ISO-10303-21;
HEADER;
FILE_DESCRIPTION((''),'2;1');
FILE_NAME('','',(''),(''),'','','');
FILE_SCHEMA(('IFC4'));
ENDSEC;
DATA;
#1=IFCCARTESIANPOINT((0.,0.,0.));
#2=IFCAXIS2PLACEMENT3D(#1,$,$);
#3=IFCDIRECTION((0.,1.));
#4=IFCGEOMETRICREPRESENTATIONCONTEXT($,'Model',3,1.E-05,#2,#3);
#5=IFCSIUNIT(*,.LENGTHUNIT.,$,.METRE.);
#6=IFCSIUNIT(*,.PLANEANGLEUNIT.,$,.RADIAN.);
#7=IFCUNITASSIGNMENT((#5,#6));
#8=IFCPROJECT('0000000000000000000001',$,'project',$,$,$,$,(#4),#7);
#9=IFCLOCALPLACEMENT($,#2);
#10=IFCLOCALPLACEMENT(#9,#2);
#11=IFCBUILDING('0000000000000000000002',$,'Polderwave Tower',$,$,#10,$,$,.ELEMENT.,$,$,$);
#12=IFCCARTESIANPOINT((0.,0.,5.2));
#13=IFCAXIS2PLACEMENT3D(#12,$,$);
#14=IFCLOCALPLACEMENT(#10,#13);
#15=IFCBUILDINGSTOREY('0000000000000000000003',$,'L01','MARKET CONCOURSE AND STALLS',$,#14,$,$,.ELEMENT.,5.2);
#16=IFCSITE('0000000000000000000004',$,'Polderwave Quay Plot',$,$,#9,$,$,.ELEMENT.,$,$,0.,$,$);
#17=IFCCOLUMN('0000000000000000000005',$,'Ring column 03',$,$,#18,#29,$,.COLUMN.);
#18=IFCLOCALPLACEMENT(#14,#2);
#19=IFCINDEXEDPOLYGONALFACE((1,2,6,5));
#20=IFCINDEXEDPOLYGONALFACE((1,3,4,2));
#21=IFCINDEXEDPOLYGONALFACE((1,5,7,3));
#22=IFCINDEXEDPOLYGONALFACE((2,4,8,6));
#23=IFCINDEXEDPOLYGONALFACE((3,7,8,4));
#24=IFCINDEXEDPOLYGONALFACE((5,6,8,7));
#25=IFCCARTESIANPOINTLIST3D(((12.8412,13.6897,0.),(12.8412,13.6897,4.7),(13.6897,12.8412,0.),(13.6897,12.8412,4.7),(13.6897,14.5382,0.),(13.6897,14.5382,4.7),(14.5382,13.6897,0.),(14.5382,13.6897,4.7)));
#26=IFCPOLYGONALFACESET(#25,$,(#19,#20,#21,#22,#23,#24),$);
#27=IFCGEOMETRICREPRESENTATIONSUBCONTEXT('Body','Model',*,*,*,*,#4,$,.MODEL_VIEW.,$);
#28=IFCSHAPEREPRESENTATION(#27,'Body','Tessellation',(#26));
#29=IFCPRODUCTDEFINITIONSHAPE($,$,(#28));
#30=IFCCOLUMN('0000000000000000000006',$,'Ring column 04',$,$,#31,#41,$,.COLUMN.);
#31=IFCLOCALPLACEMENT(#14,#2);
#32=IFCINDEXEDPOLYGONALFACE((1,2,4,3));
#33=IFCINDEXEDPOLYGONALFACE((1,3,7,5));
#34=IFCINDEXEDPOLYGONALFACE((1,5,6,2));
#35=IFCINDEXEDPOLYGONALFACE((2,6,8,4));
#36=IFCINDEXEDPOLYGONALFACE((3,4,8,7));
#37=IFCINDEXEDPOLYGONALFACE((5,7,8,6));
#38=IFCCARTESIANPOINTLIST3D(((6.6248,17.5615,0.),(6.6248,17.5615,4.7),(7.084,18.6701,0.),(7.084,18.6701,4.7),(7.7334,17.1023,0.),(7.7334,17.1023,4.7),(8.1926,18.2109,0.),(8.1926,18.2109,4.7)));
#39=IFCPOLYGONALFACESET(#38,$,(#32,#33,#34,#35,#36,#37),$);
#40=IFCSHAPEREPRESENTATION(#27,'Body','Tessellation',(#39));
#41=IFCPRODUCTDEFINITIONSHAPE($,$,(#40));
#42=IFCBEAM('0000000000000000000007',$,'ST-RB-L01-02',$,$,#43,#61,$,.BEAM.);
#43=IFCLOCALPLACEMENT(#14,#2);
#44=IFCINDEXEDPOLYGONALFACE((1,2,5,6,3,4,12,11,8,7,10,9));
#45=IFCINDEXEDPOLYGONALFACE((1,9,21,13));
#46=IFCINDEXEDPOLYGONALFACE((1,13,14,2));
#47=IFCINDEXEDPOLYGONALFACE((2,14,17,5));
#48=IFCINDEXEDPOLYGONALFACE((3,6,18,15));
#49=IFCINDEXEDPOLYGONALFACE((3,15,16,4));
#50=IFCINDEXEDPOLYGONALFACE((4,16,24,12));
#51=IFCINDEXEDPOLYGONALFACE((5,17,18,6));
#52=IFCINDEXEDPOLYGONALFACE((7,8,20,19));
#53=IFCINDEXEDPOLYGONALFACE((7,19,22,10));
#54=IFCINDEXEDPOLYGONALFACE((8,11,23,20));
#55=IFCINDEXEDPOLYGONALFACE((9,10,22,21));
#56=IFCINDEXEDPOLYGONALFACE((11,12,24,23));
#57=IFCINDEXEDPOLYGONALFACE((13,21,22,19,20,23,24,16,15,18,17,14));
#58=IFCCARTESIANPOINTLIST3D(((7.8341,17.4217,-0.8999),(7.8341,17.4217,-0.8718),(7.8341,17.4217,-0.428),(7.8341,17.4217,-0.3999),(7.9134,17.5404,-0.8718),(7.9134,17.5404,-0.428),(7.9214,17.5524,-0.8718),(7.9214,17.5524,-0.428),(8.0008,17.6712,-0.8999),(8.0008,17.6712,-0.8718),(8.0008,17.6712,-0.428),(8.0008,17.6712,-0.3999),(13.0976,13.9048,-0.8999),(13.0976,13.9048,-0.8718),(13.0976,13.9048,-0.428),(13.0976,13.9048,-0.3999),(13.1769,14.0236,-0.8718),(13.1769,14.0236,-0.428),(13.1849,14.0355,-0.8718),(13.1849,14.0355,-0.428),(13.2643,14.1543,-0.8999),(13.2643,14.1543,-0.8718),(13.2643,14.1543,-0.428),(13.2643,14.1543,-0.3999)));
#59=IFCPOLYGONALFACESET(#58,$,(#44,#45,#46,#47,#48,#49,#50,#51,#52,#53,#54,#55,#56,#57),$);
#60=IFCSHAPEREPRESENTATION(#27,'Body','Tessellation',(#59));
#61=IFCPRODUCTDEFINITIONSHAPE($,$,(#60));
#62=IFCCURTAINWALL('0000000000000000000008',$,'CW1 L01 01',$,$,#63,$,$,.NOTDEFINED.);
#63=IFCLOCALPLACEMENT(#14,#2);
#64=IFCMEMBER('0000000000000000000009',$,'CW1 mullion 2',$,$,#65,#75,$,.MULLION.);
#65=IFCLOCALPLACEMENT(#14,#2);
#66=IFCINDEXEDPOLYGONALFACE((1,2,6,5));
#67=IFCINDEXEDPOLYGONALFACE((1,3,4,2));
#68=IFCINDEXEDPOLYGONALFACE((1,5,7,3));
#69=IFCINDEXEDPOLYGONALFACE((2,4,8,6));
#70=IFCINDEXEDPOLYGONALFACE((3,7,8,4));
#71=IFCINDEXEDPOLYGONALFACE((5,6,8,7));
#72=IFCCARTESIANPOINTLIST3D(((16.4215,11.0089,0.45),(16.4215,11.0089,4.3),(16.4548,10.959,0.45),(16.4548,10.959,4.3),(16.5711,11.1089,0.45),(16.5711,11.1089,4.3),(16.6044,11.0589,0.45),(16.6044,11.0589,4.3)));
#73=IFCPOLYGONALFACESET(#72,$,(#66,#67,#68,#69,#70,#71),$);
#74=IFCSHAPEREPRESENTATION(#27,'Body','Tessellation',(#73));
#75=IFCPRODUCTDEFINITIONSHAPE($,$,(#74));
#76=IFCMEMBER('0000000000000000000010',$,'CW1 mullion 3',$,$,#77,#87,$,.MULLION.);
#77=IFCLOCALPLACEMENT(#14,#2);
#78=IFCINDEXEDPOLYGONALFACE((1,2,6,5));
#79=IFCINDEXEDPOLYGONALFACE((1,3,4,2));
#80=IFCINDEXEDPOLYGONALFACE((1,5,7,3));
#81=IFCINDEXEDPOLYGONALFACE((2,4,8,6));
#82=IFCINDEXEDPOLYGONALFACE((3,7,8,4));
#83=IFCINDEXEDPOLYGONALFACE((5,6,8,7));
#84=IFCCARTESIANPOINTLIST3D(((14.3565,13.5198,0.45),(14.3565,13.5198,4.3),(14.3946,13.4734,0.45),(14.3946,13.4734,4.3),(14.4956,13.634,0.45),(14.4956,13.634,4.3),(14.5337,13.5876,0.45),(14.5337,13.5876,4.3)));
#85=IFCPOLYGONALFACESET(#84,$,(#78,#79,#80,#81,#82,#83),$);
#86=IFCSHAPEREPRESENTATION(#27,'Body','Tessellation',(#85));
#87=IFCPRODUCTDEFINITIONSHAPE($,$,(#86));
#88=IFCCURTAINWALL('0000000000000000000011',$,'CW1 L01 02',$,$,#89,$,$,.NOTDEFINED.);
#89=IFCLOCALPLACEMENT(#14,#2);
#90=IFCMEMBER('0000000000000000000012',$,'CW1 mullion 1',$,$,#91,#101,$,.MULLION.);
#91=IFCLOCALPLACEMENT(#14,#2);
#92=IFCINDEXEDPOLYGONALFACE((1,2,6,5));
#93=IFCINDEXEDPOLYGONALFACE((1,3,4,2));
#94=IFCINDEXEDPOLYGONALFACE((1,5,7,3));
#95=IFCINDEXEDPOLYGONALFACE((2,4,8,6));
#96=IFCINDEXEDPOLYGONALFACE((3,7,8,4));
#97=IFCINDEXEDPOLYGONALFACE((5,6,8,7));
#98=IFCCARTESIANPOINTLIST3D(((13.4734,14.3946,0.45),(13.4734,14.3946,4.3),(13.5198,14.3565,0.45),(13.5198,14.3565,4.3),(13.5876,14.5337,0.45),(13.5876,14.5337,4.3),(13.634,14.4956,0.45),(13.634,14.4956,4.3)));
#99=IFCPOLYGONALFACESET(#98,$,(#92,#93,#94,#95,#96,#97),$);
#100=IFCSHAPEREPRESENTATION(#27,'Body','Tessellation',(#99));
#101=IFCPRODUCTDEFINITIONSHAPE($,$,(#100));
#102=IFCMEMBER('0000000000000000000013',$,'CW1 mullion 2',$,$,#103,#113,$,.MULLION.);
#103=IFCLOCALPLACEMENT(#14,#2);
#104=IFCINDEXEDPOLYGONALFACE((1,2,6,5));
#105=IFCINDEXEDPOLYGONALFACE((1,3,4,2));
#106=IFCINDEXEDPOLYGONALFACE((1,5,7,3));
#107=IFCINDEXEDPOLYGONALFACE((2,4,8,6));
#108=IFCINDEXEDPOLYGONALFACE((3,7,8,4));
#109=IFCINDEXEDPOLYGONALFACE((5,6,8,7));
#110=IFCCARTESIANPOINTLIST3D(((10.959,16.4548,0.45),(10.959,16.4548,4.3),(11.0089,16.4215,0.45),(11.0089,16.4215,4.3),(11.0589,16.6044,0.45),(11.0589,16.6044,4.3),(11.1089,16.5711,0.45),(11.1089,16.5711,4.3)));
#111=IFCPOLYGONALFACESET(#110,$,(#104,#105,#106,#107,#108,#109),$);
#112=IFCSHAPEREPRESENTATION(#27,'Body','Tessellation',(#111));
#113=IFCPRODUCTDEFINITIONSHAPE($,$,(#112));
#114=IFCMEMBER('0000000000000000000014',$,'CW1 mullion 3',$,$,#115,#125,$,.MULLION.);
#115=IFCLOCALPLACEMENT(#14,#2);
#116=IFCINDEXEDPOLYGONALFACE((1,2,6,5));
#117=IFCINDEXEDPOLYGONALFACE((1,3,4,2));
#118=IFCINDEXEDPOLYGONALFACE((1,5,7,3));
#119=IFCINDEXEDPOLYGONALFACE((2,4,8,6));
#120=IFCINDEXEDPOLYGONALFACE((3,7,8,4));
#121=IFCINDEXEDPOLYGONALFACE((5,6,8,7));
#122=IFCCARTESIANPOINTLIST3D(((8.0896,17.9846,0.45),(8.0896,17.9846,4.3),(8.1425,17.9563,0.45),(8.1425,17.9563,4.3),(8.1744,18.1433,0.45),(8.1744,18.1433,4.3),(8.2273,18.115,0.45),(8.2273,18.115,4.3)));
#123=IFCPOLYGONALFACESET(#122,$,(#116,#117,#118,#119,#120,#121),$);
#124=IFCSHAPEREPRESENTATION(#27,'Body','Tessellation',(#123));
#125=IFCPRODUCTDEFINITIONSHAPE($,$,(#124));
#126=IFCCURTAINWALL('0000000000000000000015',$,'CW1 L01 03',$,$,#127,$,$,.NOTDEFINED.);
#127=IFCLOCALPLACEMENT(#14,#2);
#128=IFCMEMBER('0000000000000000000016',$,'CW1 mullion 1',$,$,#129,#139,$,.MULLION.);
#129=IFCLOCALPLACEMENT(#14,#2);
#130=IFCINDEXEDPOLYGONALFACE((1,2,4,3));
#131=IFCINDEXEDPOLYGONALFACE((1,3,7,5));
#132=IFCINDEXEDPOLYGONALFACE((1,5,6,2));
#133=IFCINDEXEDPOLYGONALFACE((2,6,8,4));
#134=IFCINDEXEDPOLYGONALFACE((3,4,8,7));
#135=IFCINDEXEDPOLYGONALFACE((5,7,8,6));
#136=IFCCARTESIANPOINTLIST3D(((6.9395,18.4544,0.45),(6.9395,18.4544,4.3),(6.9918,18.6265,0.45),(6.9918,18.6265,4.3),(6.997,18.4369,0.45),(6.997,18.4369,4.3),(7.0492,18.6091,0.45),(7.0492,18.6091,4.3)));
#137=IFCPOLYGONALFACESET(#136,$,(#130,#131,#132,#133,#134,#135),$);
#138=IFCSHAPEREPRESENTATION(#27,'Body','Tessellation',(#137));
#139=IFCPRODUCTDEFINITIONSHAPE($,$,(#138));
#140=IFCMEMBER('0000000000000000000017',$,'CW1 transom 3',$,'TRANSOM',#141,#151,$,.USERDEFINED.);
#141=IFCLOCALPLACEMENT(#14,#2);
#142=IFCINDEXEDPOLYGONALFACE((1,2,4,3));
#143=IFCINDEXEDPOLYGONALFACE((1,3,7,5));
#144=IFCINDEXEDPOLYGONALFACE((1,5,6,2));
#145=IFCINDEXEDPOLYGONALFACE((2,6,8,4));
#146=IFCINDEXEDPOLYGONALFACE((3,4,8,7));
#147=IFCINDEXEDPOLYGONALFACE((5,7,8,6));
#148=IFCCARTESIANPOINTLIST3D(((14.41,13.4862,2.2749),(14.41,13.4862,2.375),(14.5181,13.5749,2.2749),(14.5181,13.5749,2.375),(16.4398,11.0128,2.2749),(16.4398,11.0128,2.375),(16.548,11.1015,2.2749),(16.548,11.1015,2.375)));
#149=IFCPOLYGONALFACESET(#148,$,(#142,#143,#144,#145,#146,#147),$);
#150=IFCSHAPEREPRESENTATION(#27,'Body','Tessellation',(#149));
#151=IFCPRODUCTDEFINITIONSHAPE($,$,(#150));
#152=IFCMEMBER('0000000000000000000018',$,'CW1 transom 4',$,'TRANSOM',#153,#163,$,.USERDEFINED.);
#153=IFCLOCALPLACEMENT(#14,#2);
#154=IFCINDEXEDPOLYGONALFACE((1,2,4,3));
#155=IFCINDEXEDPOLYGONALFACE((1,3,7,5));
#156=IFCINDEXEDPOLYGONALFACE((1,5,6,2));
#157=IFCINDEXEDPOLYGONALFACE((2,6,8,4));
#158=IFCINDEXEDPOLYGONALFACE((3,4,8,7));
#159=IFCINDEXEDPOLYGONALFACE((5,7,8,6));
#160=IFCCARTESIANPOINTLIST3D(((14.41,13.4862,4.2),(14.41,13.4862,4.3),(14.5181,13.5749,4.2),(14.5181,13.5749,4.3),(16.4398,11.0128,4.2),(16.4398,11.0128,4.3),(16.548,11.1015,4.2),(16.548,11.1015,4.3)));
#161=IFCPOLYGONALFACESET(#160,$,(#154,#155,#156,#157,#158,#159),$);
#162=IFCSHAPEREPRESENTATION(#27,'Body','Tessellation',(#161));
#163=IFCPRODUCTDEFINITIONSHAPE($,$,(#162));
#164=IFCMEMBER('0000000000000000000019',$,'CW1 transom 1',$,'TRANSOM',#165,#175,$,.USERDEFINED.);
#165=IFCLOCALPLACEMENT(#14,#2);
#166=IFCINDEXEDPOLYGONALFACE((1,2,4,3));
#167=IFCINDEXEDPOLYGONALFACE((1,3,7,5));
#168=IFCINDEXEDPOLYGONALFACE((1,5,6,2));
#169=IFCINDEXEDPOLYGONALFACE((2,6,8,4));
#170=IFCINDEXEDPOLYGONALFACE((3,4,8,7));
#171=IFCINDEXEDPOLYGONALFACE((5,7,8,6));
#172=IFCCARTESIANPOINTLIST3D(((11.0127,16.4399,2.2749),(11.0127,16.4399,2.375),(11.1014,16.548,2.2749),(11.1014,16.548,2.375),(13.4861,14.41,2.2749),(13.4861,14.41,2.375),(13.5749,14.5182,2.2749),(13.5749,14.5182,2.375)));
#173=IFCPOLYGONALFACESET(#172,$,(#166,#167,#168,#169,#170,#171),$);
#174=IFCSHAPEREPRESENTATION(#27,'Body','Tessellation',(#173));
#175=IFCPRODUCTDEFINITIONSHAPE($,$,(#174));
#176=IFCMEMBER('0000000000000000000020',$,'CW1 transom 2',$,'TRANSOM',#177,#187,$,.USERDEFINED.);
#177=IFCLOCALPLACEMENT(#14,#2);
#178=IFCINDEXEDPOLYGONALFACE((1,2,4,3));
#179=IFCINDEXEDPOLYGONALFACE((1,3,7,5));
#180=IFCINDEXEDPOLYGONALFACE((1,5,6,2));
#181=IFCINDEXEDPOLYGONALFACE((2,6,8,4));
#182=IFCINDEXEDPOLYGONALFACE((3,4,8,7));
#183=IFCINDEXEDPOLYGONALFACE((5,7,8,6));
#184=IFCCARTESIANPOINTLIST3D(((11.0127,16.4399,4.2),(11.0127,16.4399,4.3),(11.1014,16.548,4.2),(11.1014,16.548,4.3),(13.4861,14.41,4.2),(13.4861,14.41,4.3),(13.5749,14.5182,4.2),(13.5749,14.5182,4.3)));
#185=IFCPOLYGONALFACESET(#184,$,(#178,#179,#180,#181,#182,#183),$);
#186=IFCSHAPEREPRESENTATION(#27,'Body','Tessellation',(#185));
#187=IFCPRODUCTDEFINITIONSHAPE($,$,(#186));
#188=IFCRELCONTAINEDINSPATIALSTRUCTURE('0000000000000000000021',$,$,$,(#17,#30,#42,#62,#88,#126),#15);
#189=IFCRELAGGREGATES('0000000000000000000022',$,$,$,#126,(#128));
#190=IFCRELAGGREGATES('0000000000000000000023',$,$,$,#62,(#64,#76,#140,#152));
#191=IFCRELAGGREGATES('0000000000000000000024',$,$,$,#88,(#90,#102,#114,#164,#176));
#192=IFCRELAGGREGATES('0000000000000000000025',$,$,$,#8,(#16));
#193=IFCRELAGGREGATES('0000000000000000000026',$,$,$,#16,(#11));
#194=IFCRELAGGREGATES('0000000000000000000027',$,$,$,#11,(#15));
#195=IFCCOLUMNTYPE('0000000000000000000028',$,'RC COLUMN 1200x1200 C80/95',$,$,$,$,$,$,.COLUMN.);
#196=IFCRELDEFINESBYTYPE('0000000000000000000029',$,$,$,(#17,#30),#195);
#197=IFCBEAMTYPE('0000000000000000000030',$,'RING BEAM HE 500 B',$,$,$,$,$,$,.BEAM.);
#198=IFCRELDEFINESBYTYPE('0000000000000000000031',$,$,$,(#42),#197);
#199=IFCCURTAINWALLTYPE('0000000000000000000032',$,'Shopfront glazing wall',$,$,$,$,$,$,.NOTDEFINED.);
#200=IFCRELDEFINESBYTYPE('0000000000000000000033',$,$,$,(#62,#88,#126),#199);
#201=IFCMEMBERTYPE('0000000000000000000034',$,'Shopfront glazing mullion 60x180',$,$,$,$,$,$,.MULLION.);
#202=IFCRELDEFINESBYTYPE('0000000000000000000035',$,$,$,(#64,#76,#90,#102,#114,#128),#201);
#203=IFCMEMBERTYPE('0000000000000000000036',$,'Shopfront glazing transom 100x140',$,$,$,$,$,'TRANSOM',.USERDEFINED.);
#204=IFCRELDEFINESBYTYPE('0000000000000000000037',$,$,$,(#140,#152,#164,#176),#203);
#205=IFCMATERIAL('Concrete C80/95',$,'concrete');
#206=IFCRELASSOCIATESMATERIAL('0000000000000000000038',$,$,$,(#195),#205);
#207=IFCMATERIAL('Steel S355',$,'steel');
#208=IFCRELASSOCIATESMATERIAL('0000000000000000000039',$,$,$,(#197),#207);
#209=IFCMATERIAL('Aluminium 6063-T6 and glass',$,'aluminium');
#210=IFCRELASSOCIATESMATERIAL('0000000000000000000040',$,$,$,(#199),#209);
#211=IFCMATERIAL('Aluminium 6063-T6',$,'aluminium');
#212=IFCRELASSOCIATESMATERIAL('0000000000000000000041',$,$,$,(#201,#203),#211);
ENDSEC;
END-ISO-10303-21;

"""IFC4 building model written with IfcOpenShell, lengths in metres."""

from ifc_helpers import new_model, si_unit, direction, frame, origin, origin_2d, place, context, subcontext, project, spatial, rectangle, i_section, extrude, material, material_profile, profile_set, type_object, element, aggregate, save


model = new_model("IFC4")

# Units and contexts
model_context = context("Model", 3, precision=1e-05, world=origin(), true_north=direction((0.0, 1.0)))
body_context = subcontext(model_context, "Body", "Model", "MODEL_VIEW")
ifc_project = project(units=[si_unit("LENGTHUNIT", "METRE"), si_unit("PLANEANGLEUNIT", "RADIAN")], contexts=[model_context])

# Site, building, storey
site_placement = place(None, origin())
site = spatial("IfcSite", under=ifc_project, at=site_placement, Name="Polderwave Quay Plot", CompositionType="ELEMENT", RefElevation=0.0)
building_placement = place(site_placement, origin())
building = spatial("IfcBuilding", under=site, at=building_placement, Name="Polderwave Tower", CompositionType="ELEMENT")
storey_placement = place(building_placement, frame((0.0, 0.0, 5.2)))
storey = spatial("IfcBuildingStorey", under=building, at=storey_placement, Name="L01", Description="MARKET CONCOURSE AND STALLS", CompositionType="ELEMENT", Elevation=5.2)

# Columns
ifc_material_1 = material(Name="Concrete C80/95", Category="concrete")
ifc_material_profile_1 = material_profile(ifc_material_1, rectangle(XDim=1.2, YDim=1.2, at=origin_2d()), Name="RC 1200x1200")
ifc_profile_set_1 = profile_set([ifc_material_profile_1], Name="Concrete C80/95")
column_type = type_object("IfcColumnType", Name="RC COLUMN 1200x1200 C80/95", PredefinedType="COLUMN", material=ifc_profile_set_1)
for number, where, z_axis, x_axis, name in (
    (1, (13.6897, 13.6897, 0.0), (0.0, 0.0, 1.0), (0.707107, 0.707107, 0.0), "Ring column 03"),
    (2, (7.4087, 17.8862, 0.0), (0.0, 0.0, 1.0), (0.382683, 0.92388, 0.0), "Ring column 04"),
):
    element("IfcColumn", number, at=place(storey_placement, frame(where, z_axis=z_axis, x_axis=x_axis)), inside=storey, type_object=column_type, Name=name, PredefinedType="COLUMN", context=body_context, shape_type="SweptSolid", body=[
        extrude(rectangle(XDim=1.2, YDim=1.2, at=origin_2d()), origin(), (0.0, 0.0, 1.0), 4.7),
    ])

# Beam
ifc_material_2 = material(Name="Steel S355", Category="steel")
ifc_material_profile_2 = material_profile(ifc_material_2, i_section(OverallWidth=0.3, OverallDepth=0.5, WebThickness=0.0144, FlangeThickness=0.0281, at=origin_2d()), Name="HE 500 B")
ifc_profile_set_2 = profile_set([ifc_material_profile_2], Name="Steel S355")
beam_type = type_object("IfcBeamType", Name="RING BEAM HE 500 B", PredefinedType="BEAM", material=ifc_profile_set_2)
beam_placement = place(storey_placement, frame((13.1809, 14.0295, -0.6499), z_axis=(-0.831474, 0.555563, 0.0), x_axis=(-0.555563, -0.831474, 0.0)))
element("IfcBeam", 3, at=beam_placement, inside=storey, type_object=beam_type, Name="ST-RB-L01-02", PredefinedType="BEAM", context=body_context, shape_type="SweptSolid", body=[
    extrude(i_section(OverallWidth=0.3, OverallDepth=0.5, WebThickness=0.0144, FlangeThickness=0.0281, at=origin_2d()), origin(), (0.0, 0.0, 1.0), 6.3303),
])

# Curtain walls, members
ifc_material_3 = material(Name="Aluminium 6063-T6 and glass", Category="aluminium")
curtain_wall_type = type_object("IfcCurtainWallType", Name="Shopfront glazing wall", PredefinedType="NOTDEFINED", material=ifc_material_3)
curtain_wall_1_placement = place(storey_placement, origin())
curtain_wall_1 = element("IfcCurtainWall", 4, at=curtain_wall_1_placement, inside=storey, type_object=curtain_wall_type, Name="CW1 L01 01", PredefinedType="NOTDEFINED")
ifc_material_4 = material(Name="Aluminium 6063-T6", Category="aluminium")
ifc_material_profile_3 = material_profile(ifc_material_4, rectangle(XDim=0.1799, YDim=0.0601, at=origin_2d()), Name="AL 60x180")
ifc_profile_set_3 = profile_set([ifc_material_profile_3], Name="Aluminium 6063-T6")
member_type_1 = type_object("IfcMemberType", Name="Shopfront glazing mullion 60x180", PredefinedType="MULLION", material=ifc_profile_set_3)
member_1_placement = place(storey_placement, frame((16.5129, 11.0339, 0.45), z_axis=(0.0, 0.0, 1.0), x_axis=(-0.83148, -0.555554, 0.0)))
member_1 = element("IfcMember", 5, at=member_1_placement, type_object=member_type_1, Name="CW1 mullion 2", PredefinedType="MULLION", context=body_context, shape_type="SweptSolid", body=[
    extrude(rectangle(XDim=0.1799, YDim=0.0601, at=origin_2d()), origin(), (0.0, 0.0, 1.0), 3.8501),
])
member_2_placement = place(storey_placement, frame((14.4451, 13.5537, 0.45), z_axis=(0.0, 0.0, 1.0), x_axis=(-0.773008, -0.634396, 0.0)))
member_2 = element("IfcMember", 6, at=member_2_placement, type_object=member_type_1, Name="CW1 mullion 3", PredefinedType="MULLION", context=body_context, shape_type="SweptSolid", body=[
    extrude(rectangle(XDim=0.1799, YDim=0.0601, at=origin_2d()), origin(), (0.0, 0.0, 1.0), 3.8501),
])
curtain_wall_2_placement = place(storey_placement, origin())
curtain_wall_2 = element("IfcCurtainWall", 7, at=curtain_wall_2_placement, inside=storey, type_object=curtain_wall_type, Name="CW1 L01 02", PredefinedType="NOTDEFINED")
member_3_placement = place(storey_placement, frame((13.5537, 14.4451, 0.45), z_axis=(0.0, 0.0, 1.0), x_axis=(-0.634396, -0.773008, 0.0)))
member_3 = element("IfcMember", 8, at=member_3_placement, type_object=member_type_1, Name="CW1 mullion 1", PredefinedType="MULLION", context=body_context, shape_type="SweptSolid", body=[
    extrude(rectangle(XDim=0.1799, YDim=0.0601, at=origin_2d()), origin(), (0.0, 0.0, 1.0), 3.8501),
])
member_4_placement = place(storey_placement, frame((11.0339, 16.5129, 0.45), z_axis=(0.0, 0.0, 1.0), x_axis=(-0.555554, -0.83148, 0.0)))
member_4 = element("IfcMember", 9, at=member_4_placement, type_object=member_type_1, Name="CW1 mullion 2", PredefinedType="MULLION", context=body_context, shape_type="SweptSolid", body=[
    extrude(rectangle(XDim=0.1799, YDim=0.0601, at=origin_2d()), origin(), (0.0, 0.0, 1.0), 3.8501),
])
member_5_placement = place(storey_placement, frame((8.1584, 18.0498, 0.45), z_axis=(0.0, 0.0, 1.0), x_axis=(-0.471361, -0.88194, 0.0)))
member_5 = element("IfcMember", 10, at=member_5_placement, type_object=member_type_1, Name="CW1 mullion 3", PredefinedType="MULLION", context=body_context, shape_type="SweptSolid", body=[
    extrude(rectangle(XDim=0.1799, YDim=0.0601, at=origin_2d()), origin(), (0.0, 0.0, 1.0), 3.8501),
])

# Curtain wall, member
curtain_wall_3_placement = place(storey_placement, origin())
curtain_wall_3 = element("IfcCurtainWall", 11, at=curtain_wall_3_placement, inside=storey, type_object=curtain_wall_type, Name="CW1 L01 03", PredefinedType="NOTDEFINED")
member_6_placement = place(storey_placement, frame((6.9944, 18.5317, 0.45), z_axis=(0.0, 0.0, 1.0), x_axis=(-0.290218, -0.956961, 0.0)))
member_6 = element("IfcMember", 12, at=member_6_placement, type_object=member_type_1, Name="CW1 mullion 1", PredefinedType="MULLION", context=body_context, shape_type="SweptSolid", body=[
    extrude(rectangle(XDim=0.1799, YDim=0.0601, at=origin_2d()), origin(), (0.0, 0.0, 1.0), 3.8501),
])
aggregate(curtain_wall_3, [member_6])

# Members
ifc_material_profile_4 = material_profile(ifc_material_4, rectangle(XDim=0.1399, YDim=0.1001, at=origin_2d()), Name="AL 100x140")
ifc_profile_set_4 = profile_set([ifc_material_profile_4], Name="Aluminium 6063-T6")
member_type_2 = type_object("IfcMemberType", Name="Shopfront glazing transom 100x140", ElementType="TRANSOM", PredefinedType="USERDEFINED", material=ifc_profile_set_4)
member_7_placement = place(storey_placement, frame((16.4939, 11.0571, 2.325), z_axis=(-0.63438, 0.773022, 0.0), x_axis=(-0.773022, -0.63438, 0.0)))
member_7 = element("IfcMember", 13, at=member_7_placement, type_object=member_type_2, Name="CW1 transom 3", ObjectType="TRANSOM", PredefinedType="USERDEFINED", context=body_context, shape_type="SweptSolid", body=[
    extrude(rectangle(XDim=0.1399, YDim=0.1001, at=origin_2d()), origin(), (0.0, 0.0, 1.0), 3.1997),
])
member_8_placement = place(storey_placement, frame((16.4939, 11.0571, 4.25), z_axis=(-0.63438, 0.773022, 0.0), x_axis=(-0.773022, -0.63438, 0.0)))
member_8 = element("IfcMember", 14, at=member_8_placement, type_object=member_type_2, Name="CW1 transom 4", ObjectType="TRANSOM", PredefinedType="USERDEFINED", context=body_context, shape_type="SweptSolid", body=[
    extrude(rectangle(XDim=0.1399, YDim=0.1001, at=origin_2d()), origin(), (0.0, 0.0, 1.0), 3.1997),
])
member_9_placement = place(storey_placement, frame((13.5305, 14.4641, 2.325), z_axis=(-0.773022, 0.63438, 0.0), x_axis=(-0.63438, -0.773022, 0.0)))
member_9 = element("IfcMember", 15, at=member_9_placement, type_object=member_type_2, Name="CW1 transom 1", ObjectType="TRANSOM", PredefinedType="USERDEFINED", context=body_context, shape_type="SweptSolid", body=[
    extrude(rectangle(XDim=0.1399, YDim=0.1001, at=origin_2d()), origin(), (0.0, 0.0, 1.0), 3.1997),
])
member_10_placement = place(storey_placement, frame((13.5305, 14.4641, 4.25), z_axis=(-0.773022, 0.63438, 0.0), x_axis=(-0.63438, -0.773022, 0.0)))
member_10 = element("IfcMember", 16, at=member_10_placement, type_object=member_type_2, Name="CW1 transom 2", ObjectType="TRANSOM", PredefinedType="USERDEFINED", context=body_context, shape_type="SweptSolid", body=[
    extrude(rectangle(XDim=0.1399, YDim=0.1001, at=origin_2d()), origin(), (0.0, 0.0, 1.0), 3.1997),
])

aggregate(curtain_wall_1, [member_1, member_2, member_7, member_8])
aggregate(curtain_wall_2, [member_3, member_4, member_5, member_9, member_10])

save(model, "model.ifc")
